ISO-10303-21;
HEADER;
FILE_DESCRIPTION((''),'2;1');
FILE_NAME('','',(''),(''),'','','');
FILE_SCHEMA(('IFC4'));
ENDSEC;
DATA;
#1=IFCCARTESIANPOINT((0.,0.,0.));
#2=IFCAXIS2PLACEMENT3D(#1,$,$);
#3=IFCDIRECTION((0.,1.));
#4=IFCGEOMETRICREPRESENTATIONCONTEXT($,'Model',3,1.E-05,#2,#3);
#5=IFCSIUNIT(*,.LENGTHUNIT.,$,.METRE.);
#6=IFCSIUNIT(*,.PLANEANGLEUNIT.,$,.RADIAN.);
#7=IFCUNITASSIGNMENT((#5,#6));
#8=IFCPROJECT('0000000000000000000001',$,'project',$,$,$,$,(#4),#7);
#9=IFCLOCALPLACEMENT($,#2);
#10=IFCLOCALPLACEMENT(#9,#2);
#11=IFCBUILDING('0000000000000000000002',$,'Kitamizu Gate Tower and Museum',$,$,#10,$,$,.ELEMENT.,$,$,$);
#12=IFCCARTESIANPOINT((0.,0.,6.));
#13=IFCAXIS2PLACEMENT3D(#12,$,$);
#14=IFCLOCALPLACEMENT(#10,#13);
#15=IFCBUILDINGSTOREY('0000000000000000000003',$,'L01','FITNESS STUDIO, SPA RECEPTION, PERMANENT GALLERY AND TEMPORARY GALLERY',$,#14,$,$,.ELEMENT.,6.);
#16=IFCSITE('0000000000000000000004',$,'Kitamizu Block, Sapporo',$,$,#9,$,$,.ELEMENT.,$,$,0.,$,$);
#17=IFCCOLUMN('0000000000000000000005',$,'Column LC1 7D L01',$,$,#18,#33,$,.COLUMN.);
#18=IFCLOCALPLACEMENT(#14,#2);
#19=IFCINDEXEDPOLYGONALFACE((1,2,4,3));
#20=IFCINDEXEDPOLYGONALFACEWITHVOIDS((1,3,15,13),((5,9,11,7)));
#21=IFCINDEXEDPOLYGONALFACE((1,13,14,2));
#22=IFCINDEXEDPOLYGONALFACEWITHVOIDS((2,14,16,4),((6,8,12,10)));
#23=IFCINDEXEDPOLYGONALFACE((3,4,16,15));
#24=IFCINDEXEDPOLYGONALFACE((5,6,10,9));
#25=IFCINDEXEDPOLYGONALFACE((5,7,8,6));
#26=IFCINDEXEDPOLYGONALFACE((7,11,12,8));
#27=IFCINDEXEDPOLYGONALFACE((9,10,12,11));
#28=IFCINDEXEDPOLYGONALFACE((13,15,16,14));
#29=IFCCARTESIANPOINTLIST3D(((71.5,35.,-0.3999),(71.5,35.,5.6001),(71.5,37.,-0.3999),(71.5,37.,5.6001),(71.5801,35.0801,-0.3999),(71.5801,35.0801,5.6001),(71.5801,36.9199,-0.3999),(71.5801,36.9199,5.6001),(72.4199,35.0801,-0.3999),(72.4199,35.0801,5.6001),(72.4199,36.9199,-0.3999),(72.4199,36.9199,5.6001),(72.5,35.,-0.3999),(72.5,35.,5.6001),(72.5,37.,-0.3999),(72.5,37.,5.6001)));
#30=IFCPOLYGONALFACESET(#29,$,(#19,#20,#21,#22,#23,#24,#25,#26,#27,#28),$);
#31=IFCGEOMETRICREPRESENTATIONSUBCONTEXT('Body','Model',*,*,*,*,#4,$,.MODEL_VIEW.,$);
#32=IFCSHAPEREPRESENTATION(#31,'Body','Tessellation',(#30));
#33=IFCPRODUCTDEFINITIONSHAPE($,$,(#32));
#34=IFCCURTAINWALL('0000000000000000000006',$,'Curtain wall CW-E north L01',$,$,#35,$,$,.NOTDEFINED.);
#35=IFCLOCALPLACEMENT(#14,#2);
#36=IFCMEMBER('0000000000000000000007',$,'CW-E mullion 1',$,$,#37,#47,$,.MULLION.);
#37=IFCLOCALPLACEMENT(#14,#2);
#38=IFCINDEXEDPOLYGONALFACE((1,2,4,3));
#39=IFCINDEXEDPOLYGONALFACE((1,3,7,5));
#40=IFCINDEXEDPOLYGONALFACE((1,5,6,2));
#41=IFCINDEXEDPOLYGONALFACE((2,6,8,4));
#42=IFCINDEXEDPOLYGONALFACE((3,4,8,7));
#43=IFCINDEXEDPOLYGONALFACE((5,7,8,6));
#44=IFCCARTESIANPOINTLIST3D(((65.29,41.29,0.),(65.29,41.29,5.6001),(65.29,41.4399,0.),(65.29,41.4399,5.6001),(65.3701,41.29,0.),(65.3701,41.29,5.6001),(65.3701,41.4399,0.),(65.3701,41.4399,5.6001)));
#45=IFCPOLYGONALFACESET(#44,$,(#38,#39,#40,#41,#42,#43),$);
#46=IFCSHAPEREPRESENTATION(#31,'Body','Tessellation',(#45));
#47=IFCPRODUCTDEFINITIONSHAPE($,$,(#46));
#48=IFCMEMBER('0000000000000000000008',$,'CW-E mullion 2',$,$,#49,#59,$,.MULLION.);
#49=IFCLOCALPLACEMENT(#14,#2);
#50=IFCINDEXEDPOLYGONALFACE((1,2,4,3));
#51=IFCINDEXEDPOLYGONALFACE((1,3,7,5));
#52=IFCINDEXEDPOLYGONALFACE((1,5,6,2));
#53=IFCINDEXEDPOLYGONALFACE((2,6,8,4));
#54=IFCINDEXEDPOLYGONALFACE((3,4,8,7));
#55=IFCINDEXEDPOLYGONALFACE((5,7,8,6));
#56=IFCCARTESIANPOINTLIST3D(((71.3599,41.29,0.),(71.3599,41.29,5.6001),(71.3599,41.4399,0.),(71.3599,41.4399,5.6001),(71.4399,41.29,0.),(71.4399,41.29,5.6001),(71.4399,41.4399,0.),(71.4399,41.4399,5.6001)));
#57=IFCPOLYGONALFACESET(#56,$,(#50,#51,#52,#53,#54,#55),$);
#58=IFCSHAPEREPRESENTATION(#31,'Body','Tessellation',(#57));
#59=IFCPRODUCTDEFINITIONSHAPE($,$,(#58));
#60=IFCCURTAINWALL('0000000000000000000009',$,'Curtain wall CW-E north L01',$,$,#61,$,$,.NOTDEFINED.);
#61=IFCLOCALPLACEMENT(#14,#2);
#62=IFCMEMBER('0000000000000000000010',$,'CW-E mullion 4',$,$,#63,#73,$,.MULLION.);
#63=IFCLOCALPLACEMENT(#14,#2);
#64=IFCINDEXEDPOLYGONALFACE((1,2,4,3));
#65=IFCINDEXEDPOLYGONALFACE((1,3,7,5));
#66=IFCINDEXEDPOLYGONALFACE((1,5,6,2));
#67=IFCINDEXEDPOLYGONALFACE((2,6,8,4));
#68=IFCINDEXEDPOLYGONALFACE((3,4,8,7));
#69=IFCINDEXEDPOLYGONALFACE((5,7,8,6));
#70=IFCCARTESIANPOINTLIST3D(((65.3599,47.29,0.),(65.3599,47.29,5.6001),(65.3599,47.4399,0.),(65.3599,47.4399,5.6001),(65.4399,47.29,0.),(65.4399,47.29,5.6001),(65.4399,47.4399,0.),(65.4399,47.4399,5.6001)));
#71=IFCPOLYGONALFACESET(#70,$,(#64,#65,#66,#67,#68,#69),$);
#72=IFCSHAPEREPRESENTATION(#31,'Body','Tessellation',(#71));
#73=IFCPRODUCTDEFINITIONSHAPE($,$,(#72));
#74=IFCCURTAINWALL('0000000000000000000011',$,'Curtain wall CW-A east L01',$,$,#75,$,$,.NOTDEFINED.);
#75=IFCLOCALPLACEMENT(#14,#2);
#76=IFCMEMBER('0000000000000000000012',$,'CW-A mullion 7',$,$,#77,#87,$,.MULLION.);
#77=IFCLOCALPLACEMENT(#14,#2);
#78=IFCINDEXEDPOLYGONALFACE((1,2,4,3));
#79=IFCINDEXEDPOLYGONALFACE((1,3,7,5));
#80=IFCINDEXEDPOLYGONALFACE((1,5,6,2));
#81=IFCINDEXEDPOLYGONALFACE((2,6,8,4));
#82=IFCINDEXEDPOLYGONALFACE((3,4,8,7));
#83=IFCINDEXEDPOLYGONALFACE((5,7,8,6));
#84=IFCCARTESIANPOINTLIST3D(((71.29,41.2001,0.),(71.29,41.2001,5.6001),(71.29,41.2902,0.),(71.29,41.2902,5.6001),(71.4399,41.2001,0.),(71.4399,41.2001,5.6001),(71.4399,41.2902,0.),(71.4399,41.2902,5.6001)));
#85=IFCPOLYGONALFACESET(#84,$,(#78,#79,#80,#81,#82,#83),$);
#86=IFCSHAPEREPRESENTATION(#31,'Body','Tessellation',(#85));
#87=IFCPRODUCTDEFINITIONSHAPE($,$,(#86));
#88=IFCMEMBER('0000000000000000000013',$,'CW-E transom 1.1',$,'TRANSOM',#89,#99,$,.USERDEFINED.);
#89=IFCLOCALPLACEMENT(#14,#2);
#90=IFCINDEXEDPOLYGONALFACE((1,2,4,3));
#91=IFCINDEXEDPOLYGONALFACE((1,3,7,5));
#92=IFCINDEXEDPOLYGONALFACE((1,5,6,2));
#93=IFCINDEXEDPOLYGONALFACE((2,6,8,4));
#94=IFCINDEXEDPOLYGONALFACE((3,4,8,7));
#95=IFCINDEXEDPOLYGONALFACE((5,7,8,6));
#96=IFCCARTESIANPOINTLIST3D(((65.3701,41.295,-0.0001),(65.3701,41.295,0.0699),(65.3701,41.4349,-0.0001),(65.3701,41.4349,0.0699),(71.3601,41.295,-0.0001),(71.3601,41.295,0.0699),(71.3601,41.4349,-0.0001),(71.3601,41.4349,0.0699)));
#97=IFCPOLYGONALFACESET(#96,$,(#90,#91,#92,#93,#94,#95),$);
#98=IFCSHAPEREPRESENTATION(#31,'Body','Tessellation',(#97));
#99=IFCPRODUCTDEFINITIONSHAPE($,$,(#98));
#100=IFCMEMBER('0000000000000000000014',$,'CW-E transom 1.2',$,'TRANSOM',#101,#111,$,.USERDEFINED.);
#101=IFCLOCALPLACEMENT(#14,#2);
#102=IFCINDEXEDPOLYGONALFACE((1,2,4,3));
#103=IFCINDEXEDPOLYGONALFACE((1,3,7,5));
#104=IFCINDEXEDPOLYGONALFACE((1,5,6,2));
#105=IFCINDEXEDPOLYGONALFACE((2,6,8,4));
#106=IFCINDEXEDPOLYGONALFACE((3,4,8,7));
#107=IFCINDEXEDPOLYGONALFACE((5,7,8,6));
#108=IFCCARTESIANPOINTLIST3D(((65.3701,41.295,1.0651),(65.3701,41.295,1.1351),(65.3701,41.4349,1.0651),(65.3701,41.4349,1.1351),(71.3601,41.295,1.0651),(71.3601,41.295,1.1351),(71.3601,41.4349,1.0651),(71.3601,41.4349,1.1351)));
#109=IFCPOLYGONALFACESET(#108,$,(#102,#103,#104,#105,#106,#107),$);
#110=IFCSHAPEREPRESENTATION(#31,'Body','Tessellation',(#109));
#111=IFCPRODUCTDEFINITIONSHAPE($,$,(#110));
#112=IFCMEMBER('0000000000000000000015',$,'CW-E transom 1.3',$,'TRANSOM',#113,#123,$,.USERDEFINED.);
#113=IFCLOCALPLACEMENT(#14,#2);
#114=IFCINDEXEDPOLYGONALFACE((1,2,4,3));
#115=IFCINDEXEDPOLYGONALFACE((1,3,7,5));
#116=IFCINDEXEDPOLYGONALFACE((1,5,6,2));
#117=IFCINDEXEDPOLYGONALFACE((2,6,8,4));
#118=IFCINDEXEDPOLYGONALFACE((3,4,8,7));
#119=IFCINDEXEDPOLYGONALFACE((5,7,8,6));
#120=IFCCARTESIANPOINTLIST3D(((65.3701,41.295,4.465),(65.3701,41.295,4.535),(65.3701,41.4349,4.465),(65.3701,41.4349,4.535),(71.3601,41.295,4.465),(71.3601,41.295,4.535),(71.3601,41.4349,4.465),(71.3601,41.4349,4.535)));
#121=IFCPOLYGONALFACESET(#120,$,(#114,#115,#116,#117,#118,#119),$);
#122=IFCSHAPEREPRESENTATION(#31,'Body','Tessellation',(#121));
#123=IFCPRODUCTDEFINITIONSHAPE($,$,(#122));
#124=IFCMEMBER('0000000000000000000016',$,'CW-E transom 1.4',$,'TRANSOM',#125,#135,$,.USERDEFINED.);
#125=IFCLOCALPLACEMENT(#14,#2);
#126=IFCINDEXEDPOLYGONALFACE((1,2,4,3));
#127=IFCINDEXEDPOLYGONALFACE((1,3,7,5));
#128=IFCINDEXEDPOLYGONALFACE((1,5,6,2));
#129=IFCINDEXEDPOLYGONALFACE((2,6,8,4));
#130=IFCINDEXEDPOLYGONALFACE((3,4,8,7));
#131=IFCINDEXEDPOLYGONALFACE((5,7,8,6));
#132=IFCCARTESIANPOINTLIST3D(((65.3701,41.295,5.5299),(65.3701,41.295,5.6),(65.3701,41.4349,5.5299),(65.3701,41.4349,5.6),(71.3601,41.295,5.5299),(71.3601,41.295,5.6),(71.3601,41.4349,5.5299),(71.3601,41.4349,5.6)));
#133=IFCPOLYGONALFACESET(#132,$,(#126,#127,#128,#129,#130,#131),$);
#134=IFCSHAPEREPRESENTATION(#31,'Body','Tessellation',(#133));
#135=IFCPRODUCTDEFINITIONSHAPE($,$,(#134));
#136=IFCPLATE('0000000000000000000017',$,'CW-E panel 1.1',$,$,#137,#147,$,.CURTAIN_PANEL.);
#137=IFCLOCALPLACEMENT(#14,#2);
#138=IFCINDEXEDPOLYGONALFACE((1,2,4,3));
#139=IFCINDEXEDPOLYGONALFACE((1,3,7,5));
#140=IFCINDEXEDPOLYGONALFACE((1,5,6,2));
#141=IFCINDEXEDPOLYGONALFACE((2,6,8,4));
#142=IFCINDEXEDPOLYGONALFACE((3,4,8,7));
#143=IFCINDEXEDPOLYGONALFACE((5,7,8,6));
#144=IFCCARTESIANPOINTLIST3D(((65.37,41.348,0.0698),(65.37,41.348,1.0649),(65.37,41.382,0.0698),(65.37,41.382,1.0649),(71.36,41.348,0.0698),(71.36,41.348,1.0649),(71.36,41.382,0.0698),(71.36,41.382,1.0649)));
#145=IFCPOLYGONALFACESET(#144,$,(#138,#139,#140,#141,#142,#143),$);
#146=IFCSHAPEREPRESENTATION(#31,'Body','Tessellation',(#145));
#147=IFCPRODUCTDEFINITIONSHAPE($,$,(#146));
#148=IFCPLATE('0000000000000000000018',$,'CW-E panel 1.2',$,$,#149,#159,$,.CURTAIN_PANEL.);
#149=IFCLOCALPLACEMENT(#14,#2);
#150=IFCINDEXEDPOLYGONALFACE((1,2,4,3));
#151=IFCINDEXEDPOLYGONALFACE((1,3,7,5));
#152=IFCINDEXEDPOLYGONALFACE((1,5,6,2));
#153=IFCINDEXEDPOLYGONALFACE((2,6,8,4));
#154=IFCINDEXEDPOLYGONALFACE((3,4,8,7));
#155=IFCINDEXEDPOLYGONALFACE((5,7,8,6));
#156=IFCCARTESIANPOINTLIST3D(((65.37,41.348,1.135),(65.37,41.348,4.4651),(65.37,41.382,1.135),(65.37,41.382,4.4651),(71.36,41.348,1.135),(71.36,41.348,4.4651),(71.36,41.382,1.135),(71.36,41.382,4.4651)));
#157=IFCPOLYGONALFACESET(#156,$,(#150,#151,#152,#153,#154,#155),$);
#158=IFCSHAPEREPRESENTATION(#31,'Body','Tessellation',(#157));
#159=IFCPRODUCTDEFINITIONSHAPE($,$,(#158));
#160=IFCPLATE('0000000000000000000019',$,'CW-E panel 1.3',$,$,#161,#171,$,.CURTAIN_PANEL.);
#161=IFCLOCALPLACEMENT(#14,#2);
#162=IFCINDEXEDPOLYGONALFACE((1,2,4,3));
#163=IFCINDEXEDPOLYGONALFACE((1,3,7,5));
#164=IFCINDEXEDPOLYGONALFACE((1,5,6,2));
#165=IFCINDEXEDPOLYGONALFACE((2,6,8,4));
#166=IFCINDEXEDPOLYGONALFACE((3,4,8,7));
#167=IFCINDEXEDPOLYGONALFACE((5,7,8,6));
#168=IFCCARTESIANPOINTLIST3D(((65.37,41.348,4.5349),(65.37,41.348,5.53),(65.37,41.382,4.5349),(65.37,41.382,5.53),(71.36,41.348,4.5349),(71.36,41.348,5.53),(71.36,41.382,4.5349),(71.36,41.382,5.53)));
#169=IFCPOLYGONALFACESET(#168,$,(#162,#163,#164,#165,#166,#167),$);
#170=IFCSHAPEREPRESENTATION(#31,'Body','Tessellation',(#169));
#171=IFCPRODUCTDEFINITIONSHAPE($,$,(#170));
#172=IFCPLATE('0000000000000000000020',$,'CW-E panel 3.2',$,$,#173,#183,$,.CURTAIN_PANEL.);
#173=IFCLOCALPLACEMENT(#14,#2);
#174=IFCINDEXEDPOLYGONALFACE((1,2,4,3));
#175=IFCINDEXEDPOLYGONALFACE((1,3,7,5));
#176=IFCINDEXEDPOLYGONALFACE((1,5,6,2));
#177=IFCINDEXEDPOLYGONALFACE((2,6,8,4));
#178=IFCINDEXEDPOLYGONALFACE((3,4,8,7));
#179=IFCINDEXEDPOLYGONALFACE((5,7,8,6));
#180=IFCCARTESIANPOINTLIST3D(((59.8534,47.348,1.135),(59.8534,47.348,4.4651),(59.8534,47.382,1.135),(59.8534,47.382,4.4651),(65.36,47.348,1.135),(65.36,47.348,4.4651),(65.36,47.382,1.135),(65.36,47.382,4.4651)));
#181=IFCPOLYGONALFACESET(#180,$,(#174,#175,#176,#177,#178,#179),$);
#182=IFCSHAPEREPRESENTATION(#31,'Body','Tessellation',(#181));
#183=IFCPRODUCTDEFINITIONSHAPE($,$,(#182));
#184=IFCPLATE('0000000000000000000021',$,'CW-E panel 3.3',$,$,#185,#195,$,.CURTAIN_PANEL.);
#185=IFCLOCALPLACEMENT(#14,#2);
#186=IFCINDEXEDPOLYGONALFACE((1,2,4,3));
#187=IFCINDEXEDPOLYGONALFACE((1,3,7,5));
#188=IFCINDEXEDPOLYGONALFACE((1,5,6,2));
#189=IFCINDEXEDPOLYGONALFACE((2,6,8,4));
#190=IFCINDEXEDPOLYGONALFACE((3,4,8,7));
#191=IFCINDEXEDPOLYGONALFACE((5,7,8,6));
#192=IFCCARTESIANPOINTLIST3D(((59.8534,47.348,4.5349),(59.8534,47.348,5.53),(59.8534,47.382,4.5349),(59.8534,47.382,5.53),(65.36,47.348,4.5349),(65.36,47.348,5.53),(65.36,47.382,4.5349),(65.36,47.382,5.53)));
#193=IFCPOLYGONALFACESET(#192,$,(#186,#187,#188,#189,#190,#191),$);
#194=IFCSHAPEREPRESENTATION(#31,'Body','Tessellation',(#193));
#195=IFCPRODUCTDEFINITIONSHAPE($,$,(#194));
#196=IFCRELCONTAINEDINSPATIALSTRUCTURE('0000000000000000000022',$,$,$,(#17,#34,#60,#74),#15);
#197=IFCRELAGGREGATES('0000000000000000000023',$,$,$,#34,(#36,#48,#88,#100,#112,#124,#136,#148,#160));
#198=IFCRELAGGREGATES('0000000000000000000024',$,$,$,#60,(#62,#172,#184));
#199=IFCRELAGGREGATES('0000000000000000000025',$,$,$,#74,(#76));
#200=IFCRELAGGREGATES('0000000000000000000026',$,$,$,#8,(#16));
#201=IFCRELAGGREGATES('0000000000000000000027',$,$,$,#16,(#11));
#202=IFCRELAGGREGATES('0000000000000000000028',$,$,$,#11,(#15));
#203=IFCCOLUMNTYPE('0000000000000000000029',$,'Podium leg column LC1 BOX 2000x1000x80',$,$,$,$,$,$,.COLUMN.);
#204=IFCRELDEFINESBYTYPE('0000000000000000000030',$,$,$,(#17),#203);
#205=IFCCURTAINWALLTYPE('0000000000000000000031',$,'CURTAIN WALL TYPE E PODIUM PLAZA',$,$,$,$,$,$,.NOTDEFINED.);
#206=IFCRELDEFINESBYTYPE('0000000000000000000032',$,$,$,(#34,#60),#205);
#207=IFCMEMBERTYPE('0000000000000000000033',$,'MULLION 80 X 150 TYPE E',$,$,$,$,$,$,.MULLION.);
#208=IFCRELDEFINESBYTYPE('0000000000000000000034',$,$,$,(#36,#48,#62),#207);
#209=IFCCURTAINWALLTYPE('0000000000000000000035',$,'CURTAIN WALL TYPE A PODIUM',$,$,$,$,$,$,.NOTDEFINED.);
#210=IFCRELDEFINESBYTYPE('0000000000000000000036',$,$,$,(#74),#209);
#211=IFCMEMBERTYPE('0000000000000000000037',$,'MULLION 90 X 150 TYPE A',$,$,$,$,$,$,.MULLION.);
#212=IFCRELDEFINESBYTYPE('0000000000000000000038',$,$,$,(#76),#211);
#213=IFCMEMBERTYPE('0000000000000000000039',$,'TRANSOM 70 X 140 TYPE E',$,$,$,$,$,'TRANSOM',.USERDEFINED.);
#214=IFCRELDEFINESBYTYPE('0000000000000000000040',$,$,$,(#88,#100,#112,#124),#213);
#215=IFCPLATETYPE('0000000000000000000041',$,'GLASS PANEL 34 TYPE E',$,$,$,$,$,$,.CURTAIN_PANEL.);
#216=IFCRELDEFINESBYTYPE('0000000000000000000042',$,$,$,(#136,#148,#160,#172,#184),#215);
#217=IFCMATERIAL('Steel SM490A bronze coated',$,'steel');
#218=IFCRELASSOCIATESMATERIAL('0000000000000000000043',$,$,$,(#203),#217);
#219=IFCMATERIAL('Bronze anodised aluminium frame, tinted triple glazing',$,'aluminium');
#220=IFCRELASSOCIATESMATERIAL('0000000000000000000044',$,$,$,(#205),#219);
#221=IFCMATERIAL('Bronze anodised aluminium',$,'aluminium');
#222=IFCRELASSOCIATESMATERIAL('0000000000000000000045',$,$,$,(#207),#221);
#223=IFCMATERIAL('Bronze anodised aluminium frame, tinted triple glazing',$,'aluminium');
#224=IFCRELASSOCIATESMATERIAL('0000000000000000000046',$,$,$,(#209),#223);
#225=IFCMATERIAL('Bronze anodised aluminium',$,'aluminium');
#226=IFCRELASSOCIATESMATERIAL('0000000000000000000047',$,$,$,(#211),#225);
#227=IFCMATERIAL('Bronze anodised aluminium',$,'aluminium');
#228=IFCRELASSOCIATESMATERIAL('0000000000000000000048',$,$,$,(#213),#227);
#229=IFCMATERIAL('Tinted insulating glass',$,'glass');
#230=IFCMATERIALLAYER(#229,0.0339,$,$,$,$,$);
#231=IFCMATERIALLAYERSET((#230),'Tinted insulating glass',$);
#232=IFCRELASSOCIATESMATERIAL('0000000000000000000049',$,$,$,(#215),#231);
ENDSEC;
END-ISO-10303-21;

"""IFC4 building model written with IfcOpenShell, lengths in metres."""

from ifc_helpers import new_model, si_unit, direction, frame, origin, origin_2d, place, context, subcontext, project, spatial, rectangle, hollow_rectangle, extrude, material, layer, layer_set, material_profile, profile_set, type_object, element, aggregate, save


model = new_model("IFC4")

# Units and contexts
model_context = context("Model", 3, precision=1e-05, world=origin(), true_north=direction((0.0, 1.0)))
body_context = subcontext(model_context, "Body", "Model", "MODEL_VIEW")
ifc_project = project(units=[si_unit("LENGTHUNIT", "METRE"), si_unit("PLANEANGLEUNIT", "RADIAN")], contexts=[model_context])

# Site, building, storey
site_placement = place(None, origin())
site = spatial("IfcSite", under=ifc_project, at=site_placement, Name="Kitamizu Block, Sapporo", CompositionType="ELEMENT", RefElevation=0.0)
building_placement = place(site_placement, origin())
building = spatial("IfcBuilding", under=site, at=building_placement, Name="Kitamizu Gate Tower and Museum", CompositionType="ELEMENT")
storey_placement = place(building_placement, frame((0.0, 0.0, 6.0)))
storey = spatial("IfcBuildingStorey", under=building, at=storey_placement, Name="L01", Description="FITNESS STUDIO, SPA RECEPTION, PERMANENT GALLERY AND TEMPORARY GALLERY", CompositionType="ELEMENT", Elevation=6.0)

# Column
ifc_material_1 = material(Name="Steel SM490A bronze coated", Category="steel")
ifc_material_profile_1 = material_profile(ifc_material_1, hollow_rectangle(XDim=2.0, YDim=1.0, WallThickness=0.0801, at=origin_2d()), Name="BOX 2000x1000x80")
ifc_profile_set_1 = profile_set([ifc_material_profile_1], Name="Steel SM490A bronze coated")
column_type = type_object("IfcColumnType", Name="Podium leg column LC1 BOX 2000x1000x80", PredefinedType="COLUMN", material=ifc_profile_set_1)
column_placement = place(storey_placement, frame((72.0, 36.0, -0.3999), z_axis=(0.0, 0.0, 1.0), x_axis=(0.0, 1.0, 0.0)))
element("IfcColumn", 1, at=column_placement, inside=storey, type_object=column_type, Name="Column LC1 7D L01", PredefinedType="COLUMN", context=body_context, shape_type="SweptSolid", body=[
    extrude(hollow_rectangle(XDim=2.0, YDim=1.0, WallThickness=0.0801, at=origin_2d()), origin(), (0.0, 0.0, 1.0), 6.0),
])

# Curtain wall, members
ifc_material_2 = material(Name="Bronze anodised aluminium frame, tinted triple glazing", Category="aluminium")
curtain_wall_type_1 = type_object("IfcCurtainWallType", Name="CURTAIN WALL TYPE E PODIUM PLAZA", PredefinedType="NOTDEFINED", material=ifc_material_2)
curtain_wall_1_placement = place(storey_placement, origin())
curtain_wall_1 = element("IfcCurtainWall", 2, at=curtain_wall_1_placement, inside=storey, type_object=curtain_wall_type_1, Name="Curtain wall CW-E north L01", PredefinedType="NOTDEFINED")
ifc_material_3 = material(Name="Bronze anodised aluminium", Category="aluminium")
ifc_material_profile_2 = material_profile(ifc_material_3, rectangle(XDim=0.0801, YDim=0.1499, at=origin_2d()), Name="AL 80X150")
ifc_profile_set_2 = profile_set([ifc_material_profile_2], Name="Bronze anodised aluminium")
member_type_1 = type_object("IfcMemberType", Name="MULLION 80 X 150 TYPE E", PredefinedType="MULLION", material=ifc_profile_set_2)
member_1_placement = place(storey_placement, frame((65.3301, 41.365, 0.0), z_axis=(0.0, 0.0, 1.0), x_axis=(1.0, 0.0, 0.0)))
member_1 = element("IfcMember", 3, at=member_1_placement, type_object=member_type_1, Name="CW-E mullion 1", PredefinedType="MULLION", context=body_context, shape_type="SweptSolid", body=[
    extrude(rectangle(XDim=0.0801, YDim=0.1499, at=origin_2d()), origin(), (0.0, 0.0, 1.0), 5.6001),
])
member_2_placement = place(storey_placement, frame((71.3999, 41.365, 0.0), z_axis=(0.0, 0.0, 1.0), x_axis=(1.0, 0.0, 0.0)))
member_2 = element("IfcMember", 4, at=member_2_placement, type_object=member_type_1, Name="CW-E mullion 2", PredefinedType="MULLION", context=body_context, shape_type="SweptSolid", body=[
    extrude(rectangle(XDim=0.0801, YDim=0.1499, at=origin_2d()), origin(), (0.0, 0.0, 1.0), 5.6001),
])

# Curtain walls, members
curtain_wall_2_placement = place(storey_placement, origin())
curtain_wall_2 = element("IfcCurtainWall", 5, at=curtain_wall_2_placement, inside=storey, type_object=curtain_wall_type_1, Name="Curtain wall CW-E north L01", PredefinedType="NOTDEFINED")
member_3_placement = place(storey_placement, frame((65.3999, 47.365, 0.0), z_axis=(0.0, 0.0, 1.0), x_axis=(1.0, 0.0, 0.0)))
member_3 = element("IfcMember", 6, at=member_3_placement, type_object=member_type_1, Name="CW-E mullion 4", PredefinedType="MULLION", context=body_context, shape_type="SweptSolid", body=[
    extrude(rectangle(XDim=0.0801, YDim=0.1499, at=origin_2d()), origin(), (0.0, 0.0, 1.0), 5.6001),
])
ifc_material_4 = material(Name="Bronze anodised aluminium frame, tinted triple glazing", Category="aluminium")
curtain_wall_type_2 = type_object("IfcCurtainWallType", Name="CURTAIN WALL TYPE A PODIUM", PredefinedType="NOTDEFINED", material=ifc_material_4)
curtain_wall_3_placement = place(storey_placement, origin())
curtain_wall_3 = element("IfcCurtainWall", 7, at=curtain_wall_3_placement, inside=storey, type_object=curtain_wall_type_2, Name="Curtain wall CW-A east L01", PredefinedType="NOTDEFINED")
ifc_material_5 = material(Name="Bronze anodised aluminium", Category="aluminium")
ifc_material_profile_3 = material_profile(ifc_material_5, rectangle(XDim=0.0901, YDim=0.1499, at=origin_2d()), Name="AL 90X150")
ifc_profile_set_3 = profile_set([ifc_material_profile_3], Name="Bronze anodised aluminium")
member_type_2 = type_object("IfcMemberType", Name="MULLION 90 X 150 TYPE A", PredefinedType="MULLION", material=ifc_profile_set_3)
member_4_placement = place(storey_placement, frame((71.365, 41.2451, 0.0), z_axis=(0.0, 0.0, 1.0), x_axis=(0.0, 1.0, 0.0)))
member_4 = element("IfcMember", 8, at=member_4_placement, type_object=member_type_2, Name="CW-A mullion 7", PredefinedType="MULLION", context=body_context, shape_type="SweptSolid", body=[
    extrude(rectangle(XDim=0.0901, YDim=0.1499, at=origin_2d()), origin(), (0.0, 0.0, 1.0), 5.6001),
])

# Members
ifc_material_6 = material(Name="Bronze anodised aluminium", Category="aluminium")
ifc_material_profile_4 = material_profile(ifc_material_6, rectangle(XDim=0.1399, YDim=0.0701, at=origin_2d()), Name="AL 70X140")
ifc_profile_set_4 = profile_set([ifc_material_profile_4], Name="Bronze anodised aluminium")
member_type_3 = type_object("IfcMemberType", Name="TRANSOM 70 X 140 TYPE E", ElementType="TRANSOM", PredefinedType="USERDEFINED", material=ifc_profile_set_4)
member_5_placement = place(storey_placement, frame((65.3701, 41.365, 0.0349), z_axis=(1.0, 0.0, 0.0), x_axis=(0.0, 1.0, 0.0)))
member_5 = element("IfcMember", 9, at=member_5_placement, type_object=member_type_3, Name="CW-E transom 1.1", ObjectType="TRANSOM", PredefinedType="USERDEFINED", context=body_context, shape_type="SweptSolid", body=[
    extrude(rectangle(XDim=0.1399, YDim=0.0701, at=origin_2d()), origin(), (0.0, 0.0, 1.0), 5.99),
])
member_6_placement = place(storey_placement, frame((65.3701, 41.365, 1.1001), z_axis=(1.0, 0.0, 0.0), x_axis=(0.0, 1.0, 0.0)))
member_6 = element("IfcMember", 10, at=member_6_placement, type_object=member_type_3, Name="CW-E transom 1.2", ObjectType="TRANSOM", PredefinedType="USERDEFINED", context=body_context, shape_type="SweptSolid", body=[
    extrude(rectangle(XDim=0.1399, YDim=0.0701, at=origin_2d()), origin(), (0.0, 0.0, 1.0), 5.99),
])
member_7_placement = place(storey_placement, frame((65.3701, 41.365, 4.5), z_axis=(1.0, 0.0, 0.0), x_axis=(0.0, 1.0, 0.0)))
member_7 = element("IfcMember", 11, at=member_7_placement, type_object=member_type_3, Name="CW-E transom 1.3", ObjectType="TRANSOM", PredefinedType="USERDEFINED", context=body_context, shape_type="SweptSolid", body=[
    extrude(rectangle(XDim=0.1399, YDim=0.0701, at=origin_2d()), origin(), (0.0, 0.0, 1.0), 5.99),
])
member_8_placement = place(storey_placement, frame((65.3701, 41.365, 5.5649), z_axis=(1.0, 0.0, 0.0), x_axis=(0.0, 1.0, 0.0)))
member_8 = element("IfcMember", 12, at=member_8_placement, type_object=member_type_3, Name="CW-E transom 1.4", ObjectType="TRANSOM", PredefinedType="USERDEFINED", context=body_context, shape_type="SweptSolid", body=[
    extrude(rectangle(XDim=0.1399, YDim=0.0701, at=origin_2d()), origin(), (0.0, 0.0, 1.0), 5.99),
])

# Plates
ifc_material_7 = material(Name="Tinted insulating glass", Category="glass")
ifc_layer_1 = layer(ifc_material_7, 0.0339)
ifc_layer_set_1 = layer_set([ifc_layer_1], Name="Tinted insulating glass")
plate_type_1 = type_object("IfcPlateType", Name="GLASS PANEL 34 TYPE E", PredefinedType="CURTAIN_PANEL", material=ifc_layer_set_1)
plate_1_placement = place(storey_placement, frame((68.365, 41.365, 0.0698), z_axis=(0.0, 0.0, 1.0), x_axis=(1.0, 0.0, 0.0)))
plate_1 = element("IfcPlate", 13, at=plate_1_placement, type_object=plate_type_1, Name="CW-E panel 1.1", PredefinedType="CURTAIN_PANEL", context=body_context, shape_type="SweptSolid", body=[
    extrude(rectangle(XDim=5.99, YDim=0.0339, at=origin_2d()), origin(), (0.0, 0.0, 1.0), 0.9951),
])
plate_2_placement = place(storey_placement, frame((68.365, 41.365, 1.135), z_axis=(0.0, 0.0, 1.0), x_axis=(1.0, 0.0, 0.0)))
plate_2 = element("IfcPlate", 14, at=plate_2_placement, type_object=plate_type_1, Name="CW-E panel 1.2", PredefinedType="CURTAIN_PANEL", context=body_context, shape_type="SweptSolid", body=[
    extrude(rectangle(XDim=5.99, YDim=0.0339, at=origin_2d()), origin(), (0.0, 0.0, 1.0), 3.3301),
])
plate_3_placement = place(storey_placement, frame((68.365, 41.365, 4.5349), z_axis=(0.0, 0.0, 1.0), x_axis=(1.0, 0.0, 0.0)))
plate_3 = element("IfcPlate", 15, at=plate_3_placement, type_object=plate_type_1, Name="CW-E panel 1.3", PredefinedType="CURTAIN_PANEL", context=body_context, shape_type="SweptSolid", body=[
    extrude(rectangle(XDim=5.99, YDim=0.0339, at=origin_2d()), origin(), (0.0, 0.0, 1.0), 0.9951),
])
aggregate(curtain_wall_1, [member_1, member_2, member_5, member_6, member_7, member_8, plate_1, plate_2, plate_3])
plate_4_placement = place(storey_placement, frame((62.6067, 47.365, 1.135), z_axis=(0.0, 0.0, 1.0), x_axis=(1.0, 0.0, 0.0)))
plate_4 = element("IfcPlate", 16, at=plate_4_placement, type_object=plate_type_1, Name="CW-E panel 3.2", PredefinedType="CURTAIN_PANEL", context=body_context, shape_type="SweptSolid", body=[
    extrude(rectangle(XDim=5.5066, YDim=0.0339, at=origin_2d()), origin(), (0.0, 0.0, 1.0), 3.3301),
])
plate_5_placement = place(storey_placement, frame((62.6067, 47.365, 4.5349), z_axis=(0.0, 0.0, 1.0), x_axis=(1.0, 0.0, 0.0)))
plate_5 = element("IfcPlate", 17, at=plate_5_placement, type_object=plate_type_1, Name="CW-E panel 3.3", PredefinedType="CURTAIN_PANEL", context=body_context, shape_type="SweptSolid", body=[
    extrude(rectangle(XDim=5.5066, YDim=0.0339, at=origin_2d()), origin(), (0.0, 0.0, 1.0), 0.9951),
])
aggregate(curtain_wall_2, [member_3, plate_4, plate_5])
aggregate(curtain_wall_3, [member_4])

save(model, "model.ifc")
